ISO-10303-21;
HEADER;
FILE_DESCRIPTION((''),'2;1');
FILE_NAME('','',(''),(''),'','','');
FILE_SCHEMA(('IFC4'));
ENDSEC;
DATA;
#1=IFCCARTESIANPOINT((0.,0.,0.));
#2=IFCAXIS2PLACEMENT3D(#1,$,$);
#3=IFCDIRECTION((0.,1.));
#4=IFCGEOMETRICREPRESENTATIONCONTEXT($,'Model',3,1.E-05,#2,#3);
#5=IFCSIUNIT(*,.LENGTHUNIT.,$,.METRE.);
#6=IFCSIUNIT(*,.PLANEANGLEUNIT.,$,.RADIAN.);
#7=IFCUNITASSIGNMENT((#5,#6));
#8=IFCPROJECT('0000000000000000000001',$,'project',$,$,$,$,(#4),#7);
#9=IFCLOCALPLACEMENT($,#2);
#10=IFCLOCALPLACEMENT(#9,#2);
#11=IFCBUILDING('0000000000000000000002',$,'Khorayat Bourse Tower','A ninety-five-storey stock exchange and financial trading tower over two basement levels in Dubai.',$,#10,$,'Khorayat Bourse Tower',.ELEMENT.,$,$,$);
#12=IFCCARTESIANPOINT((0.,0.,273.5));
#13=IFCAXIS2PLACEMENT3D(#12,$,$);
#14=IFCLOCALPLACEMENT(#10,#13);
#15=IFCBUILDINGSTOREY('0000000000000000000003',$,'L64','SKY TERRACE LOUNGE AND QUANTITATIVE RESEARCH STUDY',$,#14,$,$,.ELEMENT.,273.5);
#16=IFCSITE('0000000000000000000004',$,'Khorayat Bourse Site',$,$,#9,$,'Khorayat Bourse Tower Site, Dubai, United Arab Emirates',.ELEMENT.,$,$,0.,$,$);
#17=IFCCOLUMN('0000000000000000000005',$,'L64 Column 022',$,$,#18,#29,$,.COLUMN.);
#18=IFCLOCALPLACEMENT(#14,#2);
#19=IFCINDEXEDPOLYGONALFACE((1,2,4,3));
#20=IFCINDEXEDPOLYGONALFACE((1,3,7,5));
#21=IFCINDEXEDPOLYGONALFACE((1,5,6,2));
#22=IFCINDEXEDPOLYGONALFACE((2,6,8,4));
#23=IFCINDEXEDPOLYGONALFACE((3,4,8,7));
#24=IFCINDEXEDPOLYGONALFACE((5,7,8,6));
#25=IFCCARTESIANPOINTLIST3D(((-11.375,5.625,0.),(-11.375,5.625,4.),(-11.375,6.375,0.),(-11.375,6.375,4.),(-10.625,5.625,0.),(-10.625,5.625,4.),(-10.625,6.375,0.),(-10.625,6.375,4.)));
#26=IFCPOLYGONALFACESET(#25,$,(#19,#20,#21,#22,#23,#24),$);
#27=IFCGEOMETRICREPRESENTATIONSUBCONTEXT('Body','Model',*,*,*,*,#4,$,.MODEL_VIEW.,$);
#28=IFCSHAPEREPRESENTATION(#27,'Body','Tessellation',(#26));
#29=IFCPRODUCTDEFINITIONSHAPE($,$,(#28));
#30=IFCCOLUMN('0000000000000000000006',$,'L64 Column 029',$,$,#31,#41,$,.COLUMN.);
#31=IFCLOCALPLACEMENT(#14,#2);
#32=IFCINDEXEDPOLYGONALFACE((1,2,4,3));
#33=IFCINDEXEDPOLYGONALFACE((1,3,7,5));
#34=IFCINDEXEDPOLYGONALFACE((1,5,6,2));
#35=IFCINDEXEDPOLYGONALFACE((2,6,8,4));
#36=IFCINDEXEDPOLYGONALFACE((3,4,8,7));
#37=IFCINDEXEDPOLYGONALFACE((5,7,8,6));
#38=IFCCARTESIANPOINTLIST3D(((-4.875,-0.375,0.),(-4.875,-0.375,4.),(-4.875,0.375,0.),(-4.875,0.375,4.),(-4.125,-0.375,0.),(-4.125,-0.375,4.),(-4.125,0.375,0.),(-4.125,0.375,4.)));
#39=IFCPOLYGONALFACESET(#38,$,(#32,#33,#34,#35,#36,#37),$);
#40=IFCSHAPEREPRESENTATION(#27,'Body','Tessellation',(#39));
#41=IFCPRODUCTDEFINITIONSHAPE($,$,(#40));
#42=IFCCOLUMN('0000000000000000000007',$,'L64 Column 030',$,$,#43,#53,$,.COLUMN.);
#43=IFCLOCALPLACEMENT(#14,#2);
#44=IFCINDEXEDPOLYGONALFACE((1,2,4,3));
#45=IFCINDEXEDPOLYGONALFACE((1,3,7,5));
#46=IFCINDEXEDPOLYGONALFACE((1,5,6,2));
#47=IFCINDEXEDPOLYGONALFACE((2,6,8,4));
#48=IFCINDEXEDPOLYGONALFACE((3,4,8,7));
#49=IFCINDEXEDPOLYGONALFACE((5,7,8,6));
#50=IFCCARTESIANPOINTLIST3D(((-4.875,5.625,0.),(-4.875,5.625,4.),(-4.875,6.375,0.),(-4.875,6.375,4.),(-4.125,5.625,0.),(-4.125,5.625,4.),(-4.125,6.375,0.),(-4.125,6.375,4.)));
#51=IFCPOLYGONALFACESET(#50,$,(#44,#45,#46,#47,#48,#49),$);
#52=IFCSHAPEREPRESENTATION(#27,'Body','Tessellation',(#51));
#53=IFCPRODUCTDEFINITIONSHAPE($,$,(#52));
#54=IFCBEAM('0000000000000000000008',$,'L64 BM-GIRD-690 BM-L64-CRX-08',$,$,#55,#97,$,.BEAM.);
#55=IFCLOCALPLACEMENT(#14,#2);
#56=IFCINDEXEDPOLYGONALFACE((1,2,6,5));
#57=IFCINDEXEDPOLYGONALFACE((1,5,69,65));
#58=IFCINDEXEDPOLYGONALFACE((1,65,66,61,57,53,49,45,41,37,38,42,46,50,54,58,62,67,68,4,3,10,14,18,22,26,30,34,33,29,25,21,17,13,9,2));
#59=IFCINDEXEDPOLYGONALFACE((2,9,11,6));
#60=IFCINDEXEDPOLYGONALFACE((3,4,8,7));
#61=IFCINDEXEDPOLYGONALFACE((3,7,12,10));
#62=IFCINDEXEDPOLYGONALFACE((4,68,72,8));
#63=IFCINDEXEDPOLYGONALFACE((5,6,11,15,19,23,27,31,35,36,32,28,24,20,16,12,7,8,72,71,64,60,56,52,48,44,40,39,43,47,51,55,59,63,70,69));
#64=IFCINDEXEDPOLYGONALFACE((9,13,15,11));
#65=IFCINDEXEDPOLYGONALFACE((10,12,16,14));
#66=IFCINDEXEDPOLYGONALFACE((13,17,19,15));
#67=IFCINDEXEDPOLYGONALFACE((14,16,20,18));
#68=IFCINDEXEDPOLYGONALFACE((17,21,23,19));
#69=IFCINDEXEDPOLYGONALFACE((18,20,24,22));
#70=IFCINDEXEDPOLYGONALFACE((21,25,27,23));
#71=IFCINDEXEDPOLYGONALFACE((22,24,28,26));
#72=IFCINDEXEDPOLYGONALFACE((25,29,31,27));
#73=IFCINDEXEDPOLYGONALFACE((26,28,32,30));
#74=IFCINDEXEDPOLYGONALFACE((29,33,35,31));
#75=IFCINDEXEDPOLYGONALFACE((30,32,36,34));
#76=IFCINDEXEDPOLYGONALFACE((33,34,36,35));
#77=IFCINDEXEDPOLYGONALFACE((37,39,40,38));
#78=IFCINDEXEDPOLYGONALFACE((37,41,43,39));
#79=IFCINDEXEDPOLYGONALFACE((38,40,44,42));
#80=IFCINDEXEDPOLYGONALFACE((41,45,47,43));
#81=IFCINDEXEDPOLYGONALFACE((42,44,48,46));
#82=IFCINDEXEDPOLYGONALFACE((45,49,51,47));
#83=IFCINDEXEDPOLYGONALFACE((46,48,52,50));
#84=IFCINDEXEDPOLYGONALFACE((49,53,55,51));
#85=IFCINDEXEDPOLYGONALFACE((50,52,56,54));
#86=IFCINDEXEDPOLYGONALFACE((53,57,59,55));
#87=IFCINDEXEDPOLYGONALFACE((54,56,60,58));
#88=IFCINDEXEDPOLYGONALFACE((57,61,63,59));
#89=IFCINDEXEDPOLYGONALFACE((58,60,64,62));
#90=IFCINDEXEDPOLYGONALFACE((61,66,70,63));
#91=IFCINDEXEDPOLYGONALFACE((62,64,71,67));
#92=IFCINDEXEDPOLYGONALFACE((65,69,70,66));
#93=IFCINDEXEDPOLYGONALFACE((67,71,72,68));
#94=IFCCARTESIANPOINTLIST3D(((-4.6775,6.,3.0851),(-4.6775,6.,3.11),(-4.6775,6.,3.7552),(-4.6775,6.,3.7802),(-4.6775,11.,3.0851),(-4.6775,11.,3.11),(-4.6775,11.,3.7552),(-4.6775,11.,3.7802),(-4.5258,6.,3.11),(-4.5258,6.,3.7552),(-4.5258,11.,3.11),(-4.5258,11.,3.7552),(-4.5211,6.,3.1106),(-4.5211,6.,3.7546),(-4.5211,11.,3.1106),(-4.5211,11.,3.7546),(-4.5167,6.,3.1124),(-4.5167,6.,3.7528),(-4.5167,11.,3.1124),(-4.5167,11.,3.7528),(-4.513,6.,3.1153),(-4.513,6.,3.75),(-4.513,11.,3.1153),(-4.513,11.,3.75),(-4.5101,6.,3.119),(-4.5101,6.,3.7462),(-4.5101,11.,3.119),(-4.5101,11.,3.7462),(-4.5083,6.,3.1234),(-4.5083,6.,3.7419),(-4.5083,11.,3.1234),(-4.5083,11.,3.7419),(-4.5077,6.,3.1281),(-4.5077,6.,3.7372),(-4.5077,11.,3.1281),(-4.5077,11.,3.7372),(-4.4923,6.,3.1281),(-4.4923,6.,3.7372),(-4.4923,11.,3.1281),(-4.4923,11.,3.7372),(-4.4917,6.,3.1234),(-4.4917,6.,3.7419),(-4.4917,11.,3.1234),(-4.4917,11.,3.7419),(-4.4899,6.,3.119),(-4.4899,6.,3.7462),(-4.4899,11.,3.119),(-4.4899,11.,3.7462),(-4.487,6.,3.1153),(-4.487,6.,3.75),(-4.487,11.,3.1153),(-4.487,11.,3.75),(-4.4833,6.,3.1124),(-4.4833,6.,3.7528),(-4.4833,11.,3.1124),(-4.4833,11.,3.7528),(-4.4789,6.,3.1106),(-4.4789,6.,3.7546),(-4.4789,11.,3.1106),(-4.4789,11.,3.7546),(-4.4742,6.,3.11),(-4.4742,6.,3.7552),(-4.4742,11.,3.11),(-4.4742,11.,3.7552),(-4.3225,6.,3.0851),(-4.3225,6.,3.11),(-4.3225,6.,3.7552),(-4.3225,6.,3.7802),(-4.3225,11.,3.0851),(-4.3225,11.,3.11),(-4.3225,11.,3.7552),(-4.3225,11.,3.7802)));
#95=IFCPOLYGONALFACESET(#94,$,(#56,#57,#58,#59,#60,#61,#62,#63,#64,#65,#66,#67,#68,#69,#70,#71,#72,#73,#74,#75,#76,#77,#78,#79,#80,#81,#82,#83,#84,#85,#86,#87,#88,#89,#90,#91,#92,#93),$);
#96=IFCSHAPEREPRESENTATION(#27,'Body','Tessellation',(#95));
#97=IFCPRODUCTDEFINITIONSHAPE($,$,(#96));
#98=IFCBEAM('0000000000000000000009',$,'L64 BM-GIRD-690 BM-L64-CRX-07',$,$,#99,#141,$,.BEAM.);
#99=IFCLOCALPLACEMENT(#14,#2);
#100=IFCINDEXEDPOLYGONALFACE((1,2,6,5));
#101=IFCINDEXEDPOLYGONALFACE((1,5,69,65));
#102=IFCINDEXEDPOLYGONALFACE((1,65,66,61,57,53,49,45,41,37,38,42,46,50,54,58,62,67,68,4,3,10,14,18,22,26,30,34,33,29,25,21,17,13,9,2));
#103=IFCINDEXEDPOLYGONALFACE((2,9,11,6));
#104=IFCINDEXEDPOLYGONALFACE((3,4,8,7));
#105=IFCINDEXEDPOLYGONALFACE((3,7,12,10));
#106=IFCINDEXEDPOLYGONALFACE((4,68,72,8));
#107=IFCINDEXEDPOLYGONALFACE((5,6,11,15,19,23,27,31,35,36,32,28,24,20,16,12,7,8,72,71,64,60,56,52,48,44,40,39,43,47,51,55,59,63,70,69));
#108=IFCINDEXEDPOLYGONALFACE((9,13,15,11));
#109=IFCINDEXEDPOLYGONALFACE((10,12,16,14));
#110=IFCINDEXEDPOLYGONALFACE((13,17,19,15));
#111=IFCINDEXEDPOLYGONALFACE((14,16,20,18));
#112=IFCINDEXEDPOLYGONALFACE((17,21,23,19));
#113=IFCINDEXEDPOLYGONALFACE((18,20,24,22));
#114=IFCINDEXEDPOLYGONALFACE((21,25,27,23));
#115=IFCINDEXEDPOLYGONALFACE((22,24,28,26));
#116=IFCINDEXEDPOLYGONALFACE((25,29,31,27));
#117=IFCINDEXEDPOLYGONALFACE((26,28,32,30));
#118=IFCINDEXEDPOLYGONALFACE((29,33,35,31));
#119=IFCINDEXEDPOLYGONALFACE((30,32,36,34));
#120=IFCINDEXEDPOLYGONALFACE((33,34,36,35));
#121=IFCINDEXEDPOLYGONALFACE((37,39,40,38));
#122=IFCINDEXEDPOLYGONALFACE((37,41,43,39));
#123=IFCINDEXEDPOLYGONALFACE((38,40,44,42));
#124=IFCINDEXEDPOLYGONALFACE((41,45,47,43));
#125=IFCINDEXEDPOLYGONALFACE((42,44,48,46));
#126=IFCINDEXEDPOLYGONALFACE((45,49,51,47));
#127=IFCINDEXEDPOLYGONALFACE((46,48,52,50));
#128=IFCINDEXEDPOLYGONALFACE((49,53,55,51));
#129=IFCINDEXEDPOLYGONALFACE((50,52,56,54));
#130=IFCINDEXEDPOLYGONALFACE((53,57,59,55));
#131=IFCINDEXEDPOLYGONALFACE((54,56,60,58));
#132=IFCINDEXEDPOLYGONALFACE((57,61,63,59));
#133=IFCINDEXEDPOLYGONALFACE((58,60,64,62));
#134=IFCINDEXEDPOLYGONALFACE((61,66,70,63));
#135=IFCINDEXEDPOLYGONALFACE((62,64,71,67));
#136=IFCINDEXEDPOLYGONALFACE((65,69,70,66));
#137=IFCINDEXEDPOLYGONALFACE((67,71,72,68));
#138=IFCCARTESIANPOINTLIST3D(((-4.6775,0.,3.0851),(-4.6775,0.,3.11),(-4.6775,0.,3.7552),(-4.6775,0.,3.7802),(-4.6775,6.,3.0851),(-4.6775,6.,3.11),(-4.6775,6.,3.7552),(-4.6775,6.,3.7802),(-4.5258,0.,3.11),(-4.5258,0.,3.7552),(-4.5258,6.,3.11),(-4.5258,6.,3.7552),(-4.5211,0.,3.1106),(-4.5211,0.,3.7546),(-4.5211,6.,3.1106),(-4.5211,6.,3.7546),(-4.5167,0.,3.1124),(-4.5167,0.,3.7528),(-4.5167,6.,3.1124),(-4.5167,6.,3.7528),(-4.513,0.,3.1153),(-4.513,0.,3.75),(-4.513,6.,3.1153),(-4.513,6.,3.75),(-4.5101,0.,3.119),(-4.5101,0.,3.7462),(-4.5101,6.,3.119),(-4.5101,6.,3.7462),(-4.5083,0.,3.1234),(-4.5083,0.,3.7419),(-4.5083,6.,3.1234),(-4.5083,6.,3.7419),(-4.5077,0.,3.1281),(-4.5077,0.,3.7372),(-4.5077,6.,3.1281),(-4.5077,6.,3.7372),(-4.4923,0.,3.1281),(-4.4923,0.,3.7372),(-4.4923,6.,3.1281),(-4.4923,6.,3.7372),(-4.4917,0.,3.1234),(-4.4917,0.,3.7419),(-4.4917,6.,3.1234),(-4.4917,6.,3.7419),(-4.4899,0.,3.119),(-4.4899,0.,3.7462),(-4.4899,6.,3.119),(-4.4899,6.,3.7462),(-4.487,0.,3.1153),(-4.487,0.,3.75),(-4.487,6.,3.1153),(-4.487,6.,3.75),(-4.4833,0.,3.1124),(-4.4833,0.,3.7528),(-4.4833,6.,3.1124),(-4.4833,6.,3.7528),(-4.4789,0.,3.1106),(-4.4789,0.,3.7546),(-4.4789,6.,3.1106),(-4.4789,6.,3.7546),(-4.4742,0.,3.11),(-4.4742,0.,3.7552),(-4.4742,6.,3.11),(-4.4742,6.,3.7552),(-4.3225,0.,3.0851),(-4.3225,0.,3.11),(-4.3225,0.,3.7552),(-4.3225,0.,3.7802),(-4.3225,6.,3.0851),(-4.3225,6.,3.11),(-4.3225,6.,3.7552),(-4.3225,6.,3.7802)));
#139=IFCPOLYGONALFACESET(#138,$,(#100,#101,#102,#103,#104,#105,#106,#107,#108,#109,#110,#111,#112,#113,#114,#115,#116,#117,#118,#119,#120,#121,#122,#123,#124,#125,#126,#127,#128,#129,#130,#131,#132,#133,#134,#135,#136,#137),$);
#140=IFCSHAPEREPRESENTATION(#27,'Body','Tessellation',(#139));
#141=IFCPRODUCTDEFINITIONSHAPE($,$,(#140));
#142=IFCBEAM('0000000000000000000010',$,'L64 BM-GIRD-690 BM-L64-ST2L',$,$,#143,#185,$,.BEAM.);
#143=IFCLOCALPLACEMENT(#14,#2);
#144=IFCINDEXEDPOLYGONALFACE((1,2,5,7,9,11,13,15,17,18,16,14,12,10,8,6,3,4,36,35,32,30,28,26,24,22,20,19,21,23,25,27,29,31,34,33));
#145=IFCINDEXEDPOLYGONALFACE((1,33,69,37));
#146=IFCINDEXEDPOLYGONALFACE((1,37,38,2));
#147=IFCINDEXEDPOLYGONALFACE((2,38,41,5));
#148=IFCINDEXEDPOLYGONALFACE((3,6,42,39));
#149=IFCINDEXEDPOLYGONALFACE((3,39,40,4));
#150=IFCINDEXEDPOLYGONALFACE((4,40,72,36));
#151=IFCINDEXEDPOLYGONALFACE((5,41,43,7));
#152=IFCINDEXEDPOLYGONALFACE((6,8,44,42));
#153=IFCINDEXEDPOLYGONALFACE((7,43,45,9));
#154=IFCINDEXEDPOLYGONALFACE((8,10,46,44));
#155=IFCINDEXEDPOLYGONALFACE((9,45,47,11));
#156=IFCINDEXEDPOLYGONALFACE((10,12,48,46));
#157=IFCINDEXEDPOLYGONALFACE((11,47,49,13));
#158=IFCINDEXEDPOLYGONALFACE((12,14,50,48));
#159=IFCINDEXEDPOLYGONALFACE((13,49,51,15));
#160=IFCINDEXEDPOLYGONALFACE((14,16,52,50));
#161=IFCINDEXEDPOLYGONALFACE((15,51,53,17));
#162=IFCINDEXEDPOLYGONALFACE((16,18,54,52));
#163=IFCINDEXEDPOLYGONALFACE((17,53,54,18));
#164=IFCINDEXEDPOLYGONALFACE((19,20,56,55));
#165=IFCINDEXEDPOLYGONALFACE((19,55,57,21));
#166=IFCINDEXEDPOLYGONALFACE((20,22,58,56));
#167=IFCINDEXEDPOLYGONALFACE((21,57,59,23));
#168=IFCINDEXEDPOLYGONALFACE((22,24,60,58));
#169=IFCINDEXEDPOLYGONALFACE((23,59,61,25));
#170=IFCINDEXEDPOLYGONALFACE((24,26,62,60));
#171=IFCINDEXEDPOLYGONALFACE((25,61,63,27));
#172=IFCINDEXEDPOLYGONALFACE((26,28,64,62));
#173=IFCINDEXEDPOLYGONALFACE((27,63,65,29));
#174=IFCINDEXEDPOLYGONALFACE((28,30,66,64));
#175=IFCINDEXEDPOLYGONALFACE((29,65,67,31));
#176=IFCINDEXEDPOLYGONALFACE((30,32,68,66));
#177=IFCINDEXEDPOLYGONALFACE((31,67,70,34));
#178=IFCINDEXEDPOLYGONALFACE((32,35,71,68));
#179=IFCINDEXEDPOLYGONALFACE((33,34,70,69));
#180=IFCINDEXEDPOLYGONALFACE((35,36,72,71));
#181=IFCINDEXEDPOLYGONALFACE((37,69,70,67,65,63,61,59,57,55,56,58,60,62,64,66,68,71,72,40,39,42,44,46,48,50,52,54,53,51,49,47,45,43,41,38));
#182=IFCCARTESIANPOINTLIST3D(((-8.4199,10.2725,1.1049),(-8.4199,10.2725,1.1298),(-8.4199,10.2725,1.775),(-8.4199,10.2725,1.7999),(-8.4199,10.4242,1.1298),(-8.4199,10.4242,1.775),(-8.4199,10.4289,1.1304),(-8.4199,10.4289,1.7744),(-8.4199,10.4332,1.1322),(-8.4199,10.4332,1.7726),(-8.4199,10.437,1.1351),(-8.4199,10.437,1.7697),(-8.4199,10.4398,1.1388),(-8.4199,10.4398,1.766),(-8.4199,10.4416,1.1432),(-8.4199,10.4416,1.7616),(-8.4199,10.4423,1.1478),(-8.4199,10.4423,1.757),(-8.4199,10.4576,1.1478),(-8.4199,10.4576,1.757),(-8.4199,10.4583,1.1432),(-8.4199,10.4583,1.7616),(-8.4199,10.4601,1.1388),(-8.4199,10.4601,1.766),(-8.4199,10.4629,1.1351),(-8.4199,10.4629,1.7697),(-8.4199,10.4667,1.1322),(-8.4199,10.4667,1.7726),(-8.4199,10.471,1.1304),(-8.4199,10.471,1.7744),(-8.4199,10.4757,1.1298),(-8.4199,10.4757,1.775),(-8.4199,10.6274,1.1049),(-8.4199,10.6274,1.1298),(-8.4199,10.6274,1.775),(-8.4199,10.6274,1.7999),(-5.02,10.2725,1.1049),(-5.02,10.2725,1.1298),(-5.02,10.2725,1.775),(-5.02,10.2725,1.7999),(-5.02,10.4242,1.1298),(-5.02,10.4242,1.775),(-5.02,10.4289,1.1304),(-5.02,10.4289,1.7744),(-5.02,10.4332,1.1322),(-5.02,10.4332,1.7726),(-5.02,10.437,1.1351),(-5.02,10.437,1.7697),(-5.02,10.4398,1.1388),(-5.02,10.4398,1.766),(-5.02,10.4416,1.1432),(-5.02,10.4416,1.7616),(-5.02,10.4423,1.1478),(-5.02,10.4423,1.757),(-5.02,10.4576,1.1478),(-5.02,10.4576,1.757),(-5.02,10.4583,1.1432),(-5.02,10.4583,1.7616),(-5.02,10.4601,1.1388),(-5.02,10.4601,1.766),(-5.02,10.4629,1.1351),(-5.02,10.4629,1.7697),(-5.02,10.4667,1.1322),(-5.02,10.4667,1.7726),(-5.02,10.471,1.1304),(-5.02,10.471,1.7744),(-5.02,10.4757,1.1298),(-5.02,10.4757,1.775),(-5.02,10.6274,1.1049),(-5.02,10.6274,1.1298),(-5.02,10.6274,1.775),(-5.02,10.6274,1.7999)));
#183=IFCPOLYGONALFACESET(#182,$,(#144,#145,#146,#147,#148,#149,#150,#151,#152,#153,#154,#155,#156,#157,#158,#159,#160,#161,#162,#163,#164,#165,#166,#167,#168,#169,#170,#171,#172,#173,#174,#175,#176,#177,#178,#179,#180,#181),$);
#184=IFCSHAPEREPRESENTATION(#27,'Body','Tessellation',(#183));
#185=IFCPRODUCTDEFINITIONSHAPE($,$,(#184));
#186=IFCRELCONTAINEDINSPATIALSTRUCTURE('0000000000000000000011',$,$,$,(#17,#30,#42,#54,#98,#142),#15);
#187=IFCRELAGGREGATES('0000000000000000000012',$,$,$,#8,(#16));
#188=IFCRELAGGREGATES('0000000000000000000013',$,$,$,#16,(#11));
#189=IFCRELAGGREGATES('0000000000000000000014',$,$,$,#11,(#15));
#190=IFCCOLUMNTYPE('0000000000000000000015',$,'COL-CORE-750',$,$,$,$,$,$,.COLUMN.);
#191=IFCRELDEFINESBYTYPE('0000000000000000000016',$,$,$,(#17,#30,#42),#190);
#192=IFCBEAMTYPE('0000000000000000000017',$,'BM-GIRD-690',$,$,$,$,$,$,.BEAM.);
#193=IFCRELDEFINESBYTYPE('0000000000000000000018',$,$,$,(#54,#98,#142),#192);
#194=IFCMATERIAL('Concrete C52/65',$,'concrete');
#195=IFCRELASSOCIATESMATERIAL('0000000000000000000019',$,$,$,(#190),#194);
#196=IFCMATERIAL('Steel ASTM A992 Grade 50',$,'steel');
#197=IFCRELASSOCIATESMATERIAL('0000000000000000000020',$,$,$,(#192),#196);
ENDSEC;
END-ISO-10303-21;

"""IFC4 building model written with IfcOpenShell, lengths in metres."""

from ifc_helpers import new_model, si_unit, direction, frame, origin, origin_2d, place, context, subcontext, project, spatial, rectangle, i_section, extrude, source, transform, mapped, material, material_profile, profile_set, type_object, element, save


model = new_model("IFC4")

# Units and contexts
model_context = context("Model", 3, precision=1e-05, world=origin(), true_north=direction((0.0, 1.0)))
body_context = subcontext(model_context, "Body", "Model", "MODEL_VIEW")
ifc_project = project(units=[si_unit("LENGTHUNIT", "METRE"), si_unit("PLANEANGLEUNIT", "RADIAN")], contexts=[model_context])

# Site, building, storey
site_placement = place(None, origin())
site = spatial("IfcSite", under=ifc_project, at=site_placement, Name="Khorayat Bourse Site", LongName="Khorayat Bourse Tower Site, Dubai, United Arab Emirates", CompositionType="ELEMENT", RefElevation=0.0)
building_placement = place(site_placement, origin())
building = spatial("IfcBuilding", under=site, at=building_placement, Name="Khorayat Bourse Tower", Description="A ninety-five-storey stock exchange and financial trading tower over two basement levels in Dubai.", LongName="Khorayat Bourse Tower", CompositionType="ELEMENT")
storey_placement = place(building_placement, frame((0.0, 0.0, 273.5)))
storey = spatial("IfcBuildingStorey", under=building, at=storey_placement, Name="L64", Description="SKY TERRACE LOUNGE AND QUANTITATIVE RESEARCH STUDY", CompositionType="ELEMENT", Elevation=273.5)

# Columns
ifc_material_1 = material(Name="Concrete C52/65", Category="concrete")
ifc_material_profile_1 = material_profile(ifc_material_1, rectangle(XDim=0.75, YDim=0.75, at=origin_2d()), Name="RC 750x750")
ifc_profile_set_1 = profile_set([ifc_material_profile_1], Name="Concrete C52/65")
column_type = type_object("IfcColumnType", Name="COL-CORE-750", PredefinedType="COLUMN", material=ifc_profile_set_1)
shared_shape_1 = source(origin(), body_context, "Body", "SweptSolid", [
    extrude(rectangle(XDim=0.75, YDim=0.75, at=origin_2d()), origin(), (0.0, 0.0, 1.0), 4.0),
])
for number, where, z_axis, x_axis, name in (
    (1, (-11.0, 6.0, 0.0), (0.0, 0.0, 1.0), (1.0, 0.0, 0.0), "L64 Column 022"),
    (2, (-4.5, 0.0, 0.0), (0.0, 0.0, 1.0), (1.0, 0.0, 0.0), "L64 Column 029"),
    (3, (-4.5, 6.0, 0.0), (0.0, 0.0, 1.0), (1.0, 0.0, 0.0), "L64 Column 030"),
):
    element("IfcColumn", number, at=place(storey_placement, frame(where, z_axis=z_axis, x_axis=x_axis)), inside=storey, type_object=column_type, Name=name, PredefinedType="COLUMN", context=body_context, shape_type="MappedRepresentation", body=[
        mapped(shared_shape_1, transform((0.0, 0.0, 0.0), scale=1.0)),
    ])

# Beams
ifc_material_2 = material(Name="Steel ASTM A992 Grade 50", Category="steel")
ifc_material_profile_2 = material_profile(ifc_material_2, i_section(OverallWidth=0.355, OverallDepth=0.6951, WebThickness=0.0154, FlangeThickness=0.0249, FilletRadius=0.0181, at=origin_2d()), Name="W690X217")
ifc_profile_set_2 = profile_set([ifc_material_profile_2], Name="Steel ASTM A992 Grade 50")
beam_type_1 = type_object("IfcBeamType", Name="BM-GIRD-690", PredefinedType="BEAM", material=ifc_profile_set_2)
shared_shape_2 = source(origin(), body_context, "Body", "SweptSolid", [
    extrude(i_section(OverallWidth=0.355, OverallDepth=0.6951, WebThickness=0.0154, FlangeThickness=0.0249, FilletRadius=0.0181, at=origin_2d()), origin(), (0.0, 0.0, 1.0), 5.0),
])
beam_1_placement = place(storey_placement, frame((-4.5, 6.0, 3.4326), z_axis=(0.0, 1.0, 0.0), x_axis=(-1.0, 0.0, 0.0)))
element("IfcBeam", 4, at=beam_1_placement, inside=storey, type_object=beam_type_1, Name="L64 BM-GIRD-690 BM-L64-CRX-08", PredefinedType="BEAM", context=body_context, shape_type="MappedRepresentation", body=[
    mapped(shared_shape_2, transform((0.0, 0.0, 0.0), scale=1.0)),
])
shared_shape_3 = source(origin(), body_context, "Body", "SweptSolid", [
    extrude(i_section(OverallWidth=0.355, OverallDepth=0.6951, WebThickness=0.0154, FlangeThickness=0.0249, FilletRadius=0.0181, at=origin_2d()), origin(), (0.0, 0.0, 1.0), 6.0),
])
beam_2_placement = place(storey_placement, frame((-4.5, 0.0, 3.4326), z_axis=(0.0, 1.0, 0.0), x_axis=(-1.0, 0.0, 0.0)))
element("IfcBeam", 5, at=beam_2_placement, inside=storey, type_object=beam_type_1, Name="L64 BM-GIRD-690 BM-L64-CRX-07", PredefinedType="BEAM", context=body_context, shape_type="MappedRepresentation", body=[
    mapped(shared_shape_3, transform((0.0, 0.0, 0.0), scale=1.0)),
])
shared_shape_4 = source(origin(), body_context, "Body", "SweptSolid", [
    extrude(i_section(OverallWidth=0.355, OverallDepth=0.6951, WebThickness=0.0154, FlangeThickness=0.0249, FilletRadius=0.0181, at=origin_2d()), origin(), (0.0, 0.0, 1.0), 3.3999),
])
beam_3_placement = place(storey_placement, frame((-8.4199, 10.45, 1.4524), z_axis=(1.0, 0.0, 0.0), x_axis=(0.0, 1.0, 0.0)))
element("IfcBeam", 6, at=beam_3_placement, inside=storey, type_object=beam_type_1, Name="L64 BM-GIRD-690 BM-L64-ST2L", PredefinedType="BEAM", context=body_context, shape_type="MappedRepresentation", body=[
    mapped(shared_shape_4, transform((0.0, 0.0, 0.0), scale=1.0)),
])

save(model, "model.ifc")
